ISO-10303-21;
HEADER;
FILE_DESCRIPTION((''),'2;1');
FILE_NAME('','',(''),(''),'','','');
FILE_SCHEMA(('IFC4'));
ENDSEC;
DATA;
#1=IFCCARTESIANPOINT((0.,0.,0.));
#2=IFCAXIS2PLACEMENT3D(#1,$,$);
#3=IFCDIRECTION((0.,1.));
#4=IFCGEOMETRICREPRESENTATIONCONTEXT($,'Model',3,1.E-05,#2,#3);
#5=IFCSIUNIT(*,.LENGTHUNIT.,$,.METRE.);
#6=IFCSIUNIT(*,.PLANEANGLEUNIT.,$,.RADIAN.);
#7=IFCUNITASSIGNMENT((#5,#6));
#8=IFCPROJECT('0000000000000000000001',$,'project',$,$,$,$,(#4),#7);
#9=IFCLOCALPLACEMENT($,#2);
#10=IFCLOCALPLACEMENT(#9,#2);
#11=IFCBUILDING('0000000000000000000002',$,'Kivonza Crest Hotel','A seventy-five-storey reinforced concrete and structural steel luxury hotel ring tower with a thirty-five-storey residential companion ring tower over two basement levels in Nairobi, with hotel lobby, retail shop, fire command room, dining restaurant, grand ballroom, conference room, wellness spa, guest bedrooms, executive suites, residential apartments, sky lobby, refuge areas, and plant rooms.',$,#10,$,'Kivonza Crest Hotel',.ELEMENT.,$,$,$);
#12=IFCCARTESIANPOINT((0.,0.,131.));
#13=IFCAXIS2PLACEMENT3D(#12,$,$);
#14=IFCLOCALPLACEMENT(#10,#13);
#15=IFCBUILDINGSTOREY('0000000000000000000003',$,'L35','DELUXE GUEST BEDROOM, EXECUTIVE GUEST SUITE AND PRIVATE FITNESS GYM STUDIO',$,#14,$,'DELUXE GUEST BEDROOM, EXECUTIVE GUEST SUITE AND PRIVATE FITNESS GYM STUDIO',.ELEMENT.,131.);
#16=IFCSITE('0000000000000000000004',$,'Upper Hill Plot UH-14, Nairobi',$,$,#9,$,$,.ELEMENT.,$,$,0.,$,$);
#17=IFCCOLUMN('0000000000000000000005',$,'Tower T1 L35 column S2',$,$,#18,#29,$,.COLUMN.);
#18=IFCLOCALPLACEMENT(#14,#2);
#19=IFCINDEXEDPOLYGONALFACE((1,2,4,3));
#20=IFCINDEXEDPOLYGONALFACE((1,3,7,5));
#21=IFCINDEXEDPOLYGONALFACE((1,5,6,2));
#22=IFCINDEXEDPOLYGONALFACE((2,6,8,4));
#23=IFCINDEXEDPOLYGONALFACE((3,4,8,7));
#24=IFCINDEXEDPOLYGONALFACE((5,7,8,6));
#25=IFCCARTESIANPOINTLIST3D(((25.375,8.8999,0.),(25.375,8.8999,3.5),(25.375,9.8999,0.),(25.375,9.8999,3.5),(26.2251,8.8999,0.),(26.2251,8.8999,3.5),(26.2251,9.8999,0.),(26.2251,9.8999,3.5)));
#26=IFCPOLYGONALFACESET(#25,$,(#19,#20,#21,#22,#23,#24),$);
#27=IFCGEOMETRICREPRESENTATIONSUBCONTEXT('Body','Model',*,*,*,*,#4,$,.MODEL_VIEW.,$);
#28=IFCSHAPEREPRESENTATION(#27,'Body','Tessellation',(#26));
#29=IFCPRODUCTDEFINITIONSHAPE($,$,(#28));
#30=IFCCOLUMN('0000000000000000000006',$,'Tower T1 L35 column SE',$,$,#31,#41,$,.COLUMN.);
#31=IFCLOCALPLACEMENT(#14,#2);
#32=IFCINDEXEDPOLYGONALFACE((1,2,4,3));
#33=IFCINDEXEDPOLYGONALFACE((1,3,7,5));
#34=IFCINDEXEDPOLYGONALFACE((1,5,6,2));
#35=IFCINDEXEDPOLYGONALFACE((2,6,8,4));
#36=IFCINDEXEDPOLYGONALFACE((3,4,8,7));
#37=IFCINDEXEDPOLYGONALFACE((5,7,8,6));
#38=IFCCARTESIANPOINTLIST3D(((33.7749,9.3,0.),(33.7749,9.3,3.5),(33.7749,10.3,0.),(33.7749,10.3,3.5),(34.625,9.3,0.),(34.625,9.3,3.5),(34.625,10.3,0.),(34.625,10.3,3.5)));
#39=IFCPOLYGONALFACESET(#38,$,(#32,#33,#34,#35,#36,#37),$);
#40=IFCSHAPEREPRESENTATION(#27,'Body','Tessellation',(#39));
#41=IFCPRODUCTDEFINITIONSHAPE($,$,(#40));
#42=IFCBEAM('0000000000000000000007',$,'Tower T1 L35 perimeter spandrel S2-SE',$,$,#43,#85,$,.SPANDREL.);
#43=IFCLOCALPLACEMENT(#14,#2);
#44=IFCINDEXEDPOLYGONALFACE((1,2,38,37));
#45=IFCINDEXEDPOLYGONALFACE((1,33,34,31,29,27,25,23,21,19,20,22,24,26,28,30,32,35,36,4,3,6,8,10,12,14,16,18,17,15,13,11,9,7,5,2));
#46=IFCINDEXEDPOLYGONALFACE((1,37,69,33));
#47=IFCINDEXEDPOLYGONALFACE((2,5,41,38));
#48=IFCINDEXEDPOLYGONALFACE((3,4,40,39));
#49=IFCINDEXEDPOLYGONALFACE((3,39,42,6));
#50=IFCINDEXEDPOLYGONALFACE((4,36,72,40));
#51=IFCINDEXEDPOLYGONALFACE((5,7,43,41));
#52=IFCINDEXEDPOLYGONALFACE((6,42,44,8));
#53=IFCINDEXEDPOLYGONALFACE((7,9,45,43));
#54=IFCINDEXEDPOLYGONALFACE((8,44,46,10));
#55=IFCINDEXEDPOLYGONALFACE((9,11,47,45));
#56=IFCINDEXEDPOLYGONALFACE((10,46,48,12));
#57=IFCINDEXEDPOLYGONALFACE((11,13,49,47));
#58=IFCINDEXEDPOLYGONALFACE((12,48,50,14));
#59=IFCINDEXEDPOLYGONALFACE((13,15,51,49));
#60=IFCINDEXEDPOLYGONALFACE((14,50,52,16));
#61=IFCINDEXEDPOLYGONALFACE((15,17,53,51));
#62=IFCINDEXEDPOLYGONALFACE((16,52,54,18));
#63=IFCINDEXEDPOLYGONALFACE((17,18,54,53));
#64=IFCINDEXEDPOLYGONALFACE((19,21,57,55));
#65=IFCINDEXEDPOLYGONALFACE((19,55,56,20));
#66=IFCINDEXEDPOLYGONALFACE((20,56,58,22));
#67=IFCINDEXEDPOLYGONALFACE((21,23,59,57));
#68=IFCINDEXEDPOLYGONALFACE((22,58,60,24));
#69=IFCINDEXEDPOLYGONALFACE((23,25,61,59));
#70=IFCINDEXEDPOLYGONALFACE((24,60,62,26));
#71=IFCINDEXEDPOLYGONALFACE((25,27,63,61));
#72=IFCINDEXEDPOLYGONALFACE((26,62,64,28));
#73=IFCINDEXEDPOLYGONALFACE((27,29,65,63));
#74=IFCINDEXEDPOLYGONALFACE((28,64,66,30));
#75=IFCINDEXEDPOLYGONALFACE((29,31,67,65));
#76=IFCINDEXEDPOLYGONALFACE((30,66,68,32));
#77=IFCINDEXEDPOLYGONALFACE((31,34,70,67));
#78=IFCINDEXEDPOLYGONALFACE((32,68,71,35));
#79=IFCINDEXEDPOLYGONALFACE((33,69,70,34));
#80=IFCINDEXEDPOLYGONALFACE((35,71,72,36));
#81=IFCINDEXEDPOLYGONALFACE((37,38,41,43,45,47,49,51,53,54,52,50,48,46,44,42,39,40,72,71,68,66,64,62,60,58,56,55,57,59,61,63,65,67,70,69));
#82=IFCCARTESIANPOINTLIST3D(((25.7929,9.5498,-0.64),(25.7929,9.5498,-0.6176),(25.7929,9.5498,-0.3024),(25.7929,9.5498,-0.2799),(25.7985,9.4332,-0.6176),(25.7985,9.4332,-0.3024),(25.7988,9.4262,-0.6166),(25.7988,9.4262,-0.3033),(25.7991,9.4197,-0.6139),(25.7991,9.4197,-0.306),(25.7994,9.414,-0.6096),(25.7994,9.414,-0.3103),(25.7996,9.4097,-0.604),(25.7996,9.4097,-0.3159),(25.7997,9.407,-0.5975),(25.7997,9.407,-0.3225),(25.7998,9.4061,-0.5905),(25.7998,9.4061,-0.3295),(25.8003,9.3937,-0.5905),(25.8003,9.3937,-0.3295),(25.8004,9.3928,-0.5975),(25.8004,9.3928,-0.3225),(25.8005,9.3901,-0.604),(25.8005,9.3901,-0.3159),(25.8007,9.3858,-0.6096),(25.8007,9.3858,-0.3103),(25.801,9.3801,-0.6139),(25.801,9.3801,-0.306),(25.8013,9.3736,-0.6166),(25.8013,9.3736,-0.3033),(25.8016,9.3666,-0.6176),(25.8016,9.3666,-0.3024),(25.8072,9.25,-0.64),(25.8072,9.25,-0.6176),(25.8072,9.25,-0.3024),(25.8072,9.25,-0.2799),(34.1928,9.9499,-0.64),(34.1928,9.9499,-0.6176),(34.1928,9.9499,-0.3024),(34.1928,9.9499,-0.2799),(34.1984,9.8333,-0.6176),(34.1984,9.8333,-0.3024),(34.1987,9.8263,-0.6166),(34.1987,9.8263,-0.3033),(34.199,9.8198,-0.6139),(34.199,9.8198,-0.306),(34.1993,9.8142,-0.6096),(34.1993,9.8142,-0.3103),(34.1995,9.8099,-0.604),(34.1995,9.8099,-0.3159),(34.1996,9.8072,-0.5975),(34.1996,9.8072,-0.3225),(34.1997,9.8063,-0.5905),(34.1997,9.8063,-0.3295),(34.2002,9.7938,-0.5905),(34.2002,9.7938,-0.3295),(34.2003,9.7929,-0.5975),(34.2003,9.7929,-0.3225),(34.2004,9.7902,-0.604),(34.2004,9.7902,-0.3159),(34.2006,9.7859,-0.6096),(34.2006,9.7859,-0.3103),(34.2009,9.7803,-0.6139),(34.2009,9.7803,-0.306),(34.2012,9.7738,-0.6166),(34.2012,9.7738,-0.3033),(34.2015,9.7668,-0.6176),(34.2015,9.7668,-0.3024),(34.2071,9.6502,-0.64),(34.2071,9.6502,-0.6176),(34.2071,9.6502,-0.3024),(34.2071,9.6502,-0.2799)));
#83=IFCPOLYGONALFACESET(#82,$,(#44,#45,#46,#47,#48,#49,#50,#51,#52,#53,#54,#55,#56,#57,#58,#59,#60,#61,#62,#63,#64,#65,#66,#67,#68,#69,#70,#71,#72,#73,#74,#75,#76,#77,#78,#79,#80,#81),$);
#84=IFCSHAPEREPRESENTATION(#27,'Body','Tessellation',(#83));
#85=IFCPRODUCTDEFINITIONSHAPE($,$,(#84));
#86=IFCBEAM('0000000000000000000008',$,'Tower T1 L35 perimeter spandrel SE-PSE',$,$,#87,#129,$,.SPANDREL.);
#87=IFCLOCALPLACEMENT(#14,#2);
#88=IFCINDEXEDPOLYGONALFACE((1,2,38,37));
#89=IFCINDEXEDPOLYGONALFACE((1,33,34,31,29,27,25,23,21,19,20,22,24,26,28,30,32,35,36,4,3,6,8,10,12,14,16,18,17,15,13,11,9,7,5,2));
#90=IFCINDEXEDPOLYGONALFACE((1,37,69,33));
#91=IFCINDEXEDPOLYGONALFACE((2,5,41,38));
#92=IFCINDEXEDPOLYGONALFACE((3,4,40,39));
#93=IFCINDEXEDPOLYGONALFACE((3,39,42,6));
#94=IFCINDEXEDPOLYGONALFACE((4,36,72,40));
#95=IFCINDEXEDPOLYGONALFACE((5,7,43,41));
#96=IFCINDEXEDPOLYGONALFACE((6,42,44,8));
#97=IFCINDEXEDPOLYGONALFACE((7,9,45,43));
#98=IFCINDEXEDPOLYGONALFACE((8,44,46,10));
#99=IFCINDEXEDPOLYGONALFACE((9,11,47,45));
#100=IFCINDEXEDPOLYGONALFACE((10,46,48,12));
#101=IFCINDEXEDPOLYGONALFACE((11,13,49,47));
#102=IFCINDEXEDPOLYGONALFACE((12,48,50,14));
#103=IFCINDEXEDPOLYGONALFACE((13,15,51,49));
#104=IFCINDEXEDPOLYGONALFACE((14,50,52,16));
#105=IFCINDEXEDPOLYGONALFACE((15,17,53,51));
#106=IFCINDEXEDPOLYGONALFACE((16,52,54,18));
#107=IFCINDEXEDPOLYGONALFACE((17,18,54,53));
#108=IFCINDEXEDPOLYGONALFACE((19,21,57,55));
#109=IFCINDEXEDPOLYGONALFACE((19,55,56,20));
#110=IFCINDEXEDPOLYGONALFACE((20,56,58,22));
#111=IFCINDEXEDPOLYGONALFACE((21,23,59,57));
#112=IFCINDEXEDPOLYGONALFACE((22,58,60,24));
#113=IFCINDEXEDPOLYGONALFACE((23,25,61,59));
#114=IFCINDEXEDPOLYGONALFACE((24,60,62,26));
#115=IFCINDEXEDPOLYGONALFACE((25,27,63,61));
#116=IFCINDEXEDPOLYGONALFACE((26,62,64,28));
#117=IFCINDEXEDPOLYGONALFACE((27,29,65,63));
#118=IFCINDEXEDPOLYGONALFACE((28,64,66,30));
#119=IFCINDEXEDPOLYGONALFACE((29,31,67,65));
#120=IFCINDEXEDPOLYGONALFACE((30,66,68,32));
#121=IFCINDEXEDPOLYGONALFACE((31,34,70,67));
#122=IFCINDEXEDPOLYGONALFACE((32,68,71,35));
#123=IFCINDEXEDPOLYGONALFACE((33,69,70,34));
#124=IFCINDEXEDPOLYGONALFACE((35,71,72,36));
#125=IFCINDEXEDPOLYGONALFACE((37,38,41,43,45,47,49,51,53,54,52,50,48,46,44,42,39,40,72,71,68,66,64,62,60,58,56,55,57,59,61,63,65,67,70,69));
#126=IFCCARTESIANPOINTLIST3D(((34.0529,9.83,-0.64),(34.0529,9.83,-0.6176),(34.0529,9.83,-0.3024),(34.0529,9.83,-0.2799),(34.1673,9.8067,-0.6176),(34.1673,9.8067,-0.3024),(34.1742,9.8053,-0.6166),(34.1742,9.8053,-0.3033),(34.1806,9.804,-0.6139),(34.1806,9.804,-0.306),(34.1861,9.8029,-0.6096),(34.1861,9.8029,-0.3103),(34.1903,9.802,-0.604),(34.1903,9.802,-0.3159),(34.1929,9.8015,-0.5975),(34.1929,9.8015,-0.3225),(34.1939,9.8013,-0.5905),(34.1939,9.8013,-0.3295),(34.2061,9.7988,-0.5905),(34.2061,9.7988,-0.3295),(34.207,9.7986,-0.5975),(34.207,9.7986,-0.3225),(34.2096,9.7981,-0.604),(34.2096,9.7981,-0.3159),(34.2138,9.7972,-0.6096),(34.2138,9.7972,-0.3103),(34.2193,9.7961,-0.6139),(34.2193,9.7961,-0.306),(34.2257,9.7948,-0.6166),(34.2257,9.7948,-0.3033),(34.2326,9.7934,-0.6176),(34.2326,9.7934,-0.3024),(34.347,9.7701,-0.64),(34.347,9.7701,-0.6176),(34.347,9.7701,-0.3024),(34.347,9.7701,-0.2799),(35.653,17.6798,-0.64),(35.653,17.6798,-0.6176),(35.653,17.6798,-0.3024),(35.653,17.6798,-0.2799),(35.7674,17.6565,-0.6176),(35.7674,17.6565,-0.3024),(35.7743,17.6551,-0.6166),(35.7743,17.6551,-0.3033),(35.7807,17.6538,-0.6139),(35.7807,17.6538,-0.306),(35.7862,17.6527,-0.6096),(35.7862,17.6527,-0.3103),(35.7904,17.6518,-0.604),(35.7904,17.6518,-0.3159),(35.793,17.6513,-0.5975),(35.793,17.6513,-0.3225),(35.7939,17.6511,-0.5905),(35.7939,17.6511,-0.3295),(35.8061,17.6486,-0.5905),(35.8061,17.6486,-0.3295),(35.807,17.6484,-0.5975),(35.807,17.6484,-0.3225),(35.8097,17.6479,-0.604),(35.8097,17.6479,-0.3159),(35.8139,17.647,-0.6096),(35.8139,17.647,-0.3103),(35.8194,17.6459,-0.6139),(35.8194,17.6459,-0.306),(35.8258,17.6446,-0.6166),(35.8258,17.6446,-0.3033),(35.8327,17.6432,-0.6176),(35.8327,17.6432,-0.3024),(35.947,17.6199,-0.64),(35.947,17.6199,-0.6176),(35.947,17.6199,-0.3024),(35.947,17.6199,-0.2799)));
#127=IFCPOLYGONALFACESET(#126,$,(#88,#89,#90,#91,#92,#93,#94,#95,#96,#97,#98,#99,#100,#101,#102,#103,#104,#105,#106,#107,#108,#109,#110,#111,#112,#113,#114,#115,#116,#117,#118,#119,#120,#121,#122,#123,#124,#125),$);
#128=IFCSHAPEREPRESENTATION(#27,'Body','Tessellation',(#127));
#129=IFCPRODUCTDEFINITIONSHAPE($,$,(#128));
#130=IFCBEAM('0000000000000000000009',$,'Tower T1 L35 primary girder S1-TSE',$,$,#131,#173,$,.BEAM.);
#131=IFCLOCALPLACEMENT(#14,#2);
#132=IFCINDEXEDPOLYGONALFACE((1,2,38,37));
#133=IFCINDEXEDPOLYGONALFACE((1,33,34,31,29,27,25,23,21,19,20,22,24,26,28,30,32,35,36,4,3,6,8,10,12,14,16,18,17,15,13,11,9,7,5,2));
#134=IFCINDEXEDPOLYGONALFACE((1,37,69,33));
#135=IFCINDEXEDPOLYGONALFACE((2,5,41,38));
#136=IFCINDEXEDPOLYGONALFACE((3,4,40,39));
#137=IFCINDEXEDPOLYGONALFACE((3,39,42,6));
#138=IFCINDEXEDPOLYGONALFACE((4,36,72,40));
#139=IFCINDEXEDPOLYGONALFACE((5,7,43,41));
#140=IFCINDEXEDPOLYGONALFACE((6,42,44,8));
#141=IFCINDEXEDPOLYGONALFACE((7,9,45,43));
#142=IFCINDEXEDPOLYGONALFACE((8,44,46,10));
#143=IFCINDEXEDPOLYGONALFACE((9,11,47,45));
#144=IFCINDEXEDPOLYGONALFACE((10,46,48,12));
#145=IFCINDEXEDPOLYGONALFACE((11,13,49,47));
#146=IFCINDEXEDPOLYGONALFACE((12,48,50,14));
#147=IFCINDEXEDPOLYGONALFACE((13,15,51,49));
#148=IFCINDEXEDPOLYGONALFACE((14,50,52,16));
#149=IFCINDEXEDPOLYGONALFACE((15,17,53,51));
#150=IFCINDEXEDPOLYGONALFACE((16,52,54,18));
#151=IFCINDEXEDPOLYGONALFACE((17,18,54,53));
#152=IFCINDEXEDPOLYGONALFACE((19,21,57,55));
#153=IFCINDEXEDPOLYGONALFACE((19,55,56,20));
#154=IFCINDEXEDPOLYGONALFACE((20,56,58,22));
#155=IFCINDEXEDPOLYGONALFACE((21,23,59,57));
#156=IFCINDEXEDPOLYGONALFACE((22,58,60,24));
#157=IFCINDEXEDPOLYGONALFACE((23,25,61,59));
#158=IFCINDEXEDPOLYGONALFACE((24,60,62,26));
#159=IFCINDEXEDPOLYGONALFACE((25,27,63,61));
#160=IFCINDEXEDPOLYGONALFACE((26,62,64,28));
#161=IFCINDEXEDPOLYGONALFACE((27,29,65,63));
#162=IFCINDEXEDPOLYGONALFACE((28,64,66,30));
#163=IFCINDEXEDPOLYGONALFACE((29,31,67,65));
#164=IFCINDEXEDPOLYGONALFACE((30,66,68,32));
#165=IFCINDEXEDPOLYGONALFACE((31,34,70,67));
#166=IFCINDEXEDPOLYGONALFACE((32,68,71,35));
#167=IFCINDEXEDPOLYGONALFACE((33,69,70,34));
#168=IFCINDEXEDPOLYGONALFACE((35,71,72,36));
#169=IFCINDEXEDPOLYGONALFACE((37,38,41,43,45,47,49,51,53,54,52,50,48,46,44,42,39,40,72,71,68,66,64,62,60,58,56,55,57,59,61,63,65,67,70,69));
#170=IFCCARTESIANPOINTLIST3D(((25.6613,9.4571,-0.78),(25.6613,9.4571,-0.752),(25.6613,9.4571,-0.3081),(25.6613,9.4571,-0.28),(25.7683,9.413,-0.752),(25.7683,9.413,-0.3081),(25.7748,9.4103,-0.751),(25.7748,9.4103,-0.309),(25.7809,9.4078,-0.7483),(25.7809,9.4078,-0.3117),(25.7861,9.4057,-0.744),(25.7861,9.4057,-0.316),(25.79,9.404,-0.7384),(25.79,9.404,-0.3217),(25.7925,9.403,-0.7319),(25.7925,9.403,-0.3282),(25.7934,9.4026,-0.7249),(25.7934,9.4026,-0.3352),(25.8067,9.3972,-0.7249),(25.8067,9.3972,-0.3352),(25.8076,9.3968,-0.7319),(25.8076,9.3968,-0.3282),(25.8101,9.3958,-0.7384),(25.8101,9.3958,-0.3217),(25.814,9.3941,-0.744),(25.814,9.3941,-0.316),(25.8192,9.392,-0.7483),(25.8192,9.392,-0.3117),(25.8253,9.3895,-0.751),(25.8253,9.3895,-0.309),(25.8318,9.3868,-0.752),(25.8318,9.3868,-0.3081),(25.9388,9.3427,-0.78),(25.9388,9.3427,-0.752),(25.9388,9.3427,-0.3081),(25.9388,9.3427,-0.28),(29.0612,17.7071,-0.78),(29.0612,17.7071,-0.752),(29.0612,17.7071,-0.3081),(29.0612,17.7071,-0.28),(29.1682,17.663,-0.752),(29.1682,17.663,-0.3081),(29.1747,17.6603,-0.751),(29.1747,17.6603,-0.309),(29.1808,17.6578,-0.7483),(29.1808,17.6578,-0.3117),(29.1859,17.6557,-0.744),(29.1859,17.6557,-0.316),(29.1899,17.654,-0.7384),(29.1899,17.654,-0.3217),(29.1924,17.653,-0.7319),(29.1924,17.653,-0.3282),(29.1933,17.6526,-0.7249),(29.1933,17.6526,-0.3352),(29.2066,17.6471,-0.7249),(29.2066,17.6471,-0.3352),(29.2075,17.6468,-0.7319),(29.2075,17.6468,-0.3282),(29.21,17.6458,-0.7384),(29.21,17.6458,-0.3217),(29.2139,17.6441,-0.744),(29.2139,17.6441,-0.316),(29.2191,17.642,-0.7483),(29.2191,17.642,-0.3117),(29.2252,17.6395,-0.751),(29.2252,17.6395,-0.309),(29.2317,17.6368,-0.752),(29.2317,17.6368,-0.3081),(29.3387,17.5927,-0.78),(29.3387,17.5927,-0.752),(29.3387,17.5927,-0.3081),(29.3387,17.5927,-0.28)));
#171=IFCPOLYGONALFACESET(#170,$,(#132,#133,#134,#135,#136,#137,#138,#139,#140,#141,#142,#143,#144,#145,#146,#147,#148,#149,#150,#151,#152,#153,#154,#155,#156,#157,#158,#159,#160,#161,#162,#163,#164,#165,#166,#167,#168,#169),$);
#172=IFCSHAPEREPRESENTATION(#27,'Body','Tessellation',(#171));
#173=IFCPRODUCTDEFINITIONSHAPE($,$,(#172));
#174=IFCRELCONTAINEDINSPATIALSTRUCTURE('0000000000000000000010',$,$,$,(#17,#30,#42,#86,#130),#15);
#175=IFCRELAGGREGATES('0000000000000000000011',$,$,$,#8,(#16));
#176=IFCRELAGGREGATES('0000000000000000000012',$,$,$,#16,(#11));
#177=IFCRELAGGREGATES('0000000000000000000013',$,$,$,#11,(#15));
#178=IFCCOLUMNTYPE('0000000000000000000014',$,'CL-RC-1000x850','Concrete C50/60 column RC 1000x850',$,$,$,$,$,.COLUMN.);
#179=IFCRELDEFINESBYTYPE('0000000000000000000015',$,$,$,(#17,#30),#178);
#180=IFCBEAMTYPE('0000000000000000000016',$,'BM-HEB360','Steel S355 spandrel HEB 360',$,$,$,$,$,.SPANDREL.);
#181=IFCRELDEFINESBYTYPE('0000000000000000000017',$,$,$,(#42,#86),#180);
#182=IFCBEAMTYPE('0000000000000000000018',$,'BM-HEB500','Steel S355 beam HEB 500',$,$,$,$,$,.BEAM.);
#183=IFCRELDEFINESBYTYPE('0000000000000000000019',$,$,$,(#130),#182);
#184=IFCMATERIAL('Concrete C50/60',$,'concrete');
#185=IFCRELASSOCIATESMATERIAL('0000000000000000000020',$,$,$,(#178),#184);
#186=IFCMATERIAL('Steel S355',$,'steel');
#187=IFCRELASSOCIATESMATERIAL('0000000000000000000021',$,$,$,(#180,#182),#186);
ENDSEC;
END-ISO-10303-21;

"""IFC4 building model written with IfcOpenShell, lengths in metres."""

from ifc_helpers import new_model, si_unit, direction, frame, origin, origin_2d, place, context, subcontext, project, spatial, rectangle, i_section, extrude, material, material_profile, profile_set, type_object, element, save


model = new_model("IFC4")

# Units and contexts
model_context = context("Model", 3, precision=1e-05, world=origin(), true_north=direction((0.0, 1.0)))
body_context = subcontext(model_context, "Body", "Model", "MODEL_VIEW")
ifc_project = project(units=[si_unit("LENGTHUNIT", "METRE"), si_unit("PLANEANGLEUNIT", "RADIAN")], contexts=[model_context])

# Site, building, storey
site_placement = place(None, origin())
site = spatial("IfcSite", under=ifc_project, at=site_placement, Name="Upper Hill Plot UH-14, Nairobi", CompositionType="ELEMENT", RefElevation=0.0)
building_placement = place(site_placement, origin())
building = spatial("IfcBuilding", under=site, at=building_placement, Name="Kivonza Crest Hotel", Description="A seventy-five-storey reinforced concrete and structural steel luxury hotel ring tower with a thirty-five-storey residential companion ring tower over two basement levels in Nairobi, with hotel lobby, retail shop, fire command room, dining restaurant, grand ballroom, conference room, wellness spa, guest bedrooms, executive suites, residential apartments, sky lobby, refuge areas, and plant rooms.", LongName="Kivonza Crest Hotel", CompositionType="ELEMENT")
storey_placement = place(building_placement, frame((0.0, 0.0, 131.0)))
storey = spatial("IfcBuildingStorey", under=building, at=storey_placement, Name="L35", Description="DELUXE GUEST BEDROOM, EXECUTIVE GUEST SUITE AND PRIVATE FITNESS GYM STUDIO", LongName="DELUXE GUEST BEDROOM, EXECUTIVE GUEST SUITE AND PRIVATE FITNESS GYM STUDIO", CompositionType="ELEMENT", Elevation=131.0)

# Columns
ifc_material_1 = material(Name="Concrete C50/60", Category="concrete")
ifc_material_profile_1 = material_profile(ifc_material_1, rectangle(XDim=0.8501, YDim=1.0, at=origin_2d()), Name="RC 1000x850")
ifc_profile_set_1 = profile_set([ifc_material_profile_1], Name="Concrete C50/60")
column_type = type_object("IfcColumnType", Name="CL-RC-1000x850", Description="Concrete C50/60 column RC 1000x850", PredefinedType="COLUMN", material=ifc_profile_set_1)
for number, where, z_axis, x_axis, name in (
    (1, (25.8, 9.3999, 0.0), (0.0, 0.0, 1.0), (1.0, 0.0, 0.0), "Tower T1 L35 column S2"),
    (2, (34.2, 9.8, 0.0), (0.0, 0.0, 1.0), (1.0, 0.0, 0.0), "Tower T1 L35 column SE"),
):
    element("IfcColumn", number, at=place(storey_placement, frame(where, z_axis=z_axis, x_axis=x_axis)), inside=storey, type_object=column_type, Name=name, PredefinedType="COLUMN", context=body_context, shape_type="SweptSolid", body=[
        extrude(rectangle(XDim=0.8501, YDim=1.0, at=origin_2d()), origin(), (0.0, 0.0, 1.0), 3.5),
    ])

# Beams
ifc_material_2 = material(Name="Steel S355", Category="steel")
ifc_material_profile_2 = material_profile(ifc_material_2, i_section(OverallWidth=0.3, OverallDepth=0.3601, WebThickness=0.0125, FlangeThickness=0.0225, FilletRadius=0.0271, at=origin_2d()), Name="HEB 360")
ifc_profile_set_2 = profile_set([ifc_material_profile_2], Name="Steel S355")
beam_type_1 = type_object("IfcBeamType", Name="BM-HEB360", Description="Steel S355 spandrel HEB 360", PredefinedType="SPANDREL", material=ifc_profile_set_2)
beam_1_placement = place(storey_placement, frame((25.8, 9.3999, -0.46), z_axis=(0.998867, 0.047583, 0.0), x_axis=(-0.047583, 0.998867, 0.0)))
element("IfcBeam", 3, at=beam_1_placement, inside=storey, type_object=beam_type_1, Name="Tower T1 L35 perimeter spandrel S2-SE", PredefinedType="SPANDREL", context=body_context, shape_type="SweptSolid", body=[
    extrude(i_section(OverallWidth=0.3, OverallDepth=0.3601, WebThickness=0.0125, FlangeThickness=0.0225, FilletRadius=0.0271, at=origin_2d()), origin(), (0.0, 0.0, 1.0), 8.4094),
])
beam_2_placement = place(storey_placement, frame((34.2, 9.8, -0.46), z_axis=(0.199731, 0.979851, 0.0), x_axis=(-0.979851, 0.199731, 0.0)))
element("IfcBeam", 4, at=beam_2_placement, inside=storey, type_object=beam_type_1, Name="Tower T1 L35 perimeter spandrel SE-PSE", PredefinedType="SPANDREL", context=body_context, shape_type="SweptSolid", body=[
    extrude(i_section(OverallWidth=0.3, OverallDepth=0.3601, WebThickness=0.0125, FlangeThickness=0.0225, FilletRadius=0.0271, at=origin_2d()), origin(), (0.0, 0.0, 1.0), 8.0112),
])
ifc_material_profile_3 = material_profile(ifc_material_2, i_section(OverallWidth=0.3, OverallDepth=0.5, WebThickness=0.0144, FlangeThickness=0.0281, FilletRadius=0.0271, at=origin_2d()), Name="HEB 500")
ifc_profile_set_3 = profile_set([ifc_material_profile_3], Name="Steel S355")
beam_type_2 = type_object("IfcBeamType", Name="BM-HEB500", Description="Steel S355 beam HEB 500", PredefinedType="BEAM", material=ifc_profile_set_3)
beam_3_placement = place(storey_placement, frame((25.8, 9.3999, -0.53), z_axis=(0.381022, 0.924566, 0.0), x_axis=(-0.924566, 0.381022, 0.0)))
element("IfcBeam", 5, at=beam_3_placement, inside=storey, type_object=beam_type_2, Name="Tower T1 L35 primary girder S1-TSE", PredefinedType="BEAM", context=body_context, shape_type="SweptSolid", body=[
    extrude(i_section(OverallWidth=0.3, OverallDepth=0.5, WebThickness=0.0144, FlangeThickness=0.0281, FilletRadius=0.0271, at=origin_2d()), origin(), (0.0, 0.0, 1.0), 8.9231),
])

save(model, "model.ifc")
